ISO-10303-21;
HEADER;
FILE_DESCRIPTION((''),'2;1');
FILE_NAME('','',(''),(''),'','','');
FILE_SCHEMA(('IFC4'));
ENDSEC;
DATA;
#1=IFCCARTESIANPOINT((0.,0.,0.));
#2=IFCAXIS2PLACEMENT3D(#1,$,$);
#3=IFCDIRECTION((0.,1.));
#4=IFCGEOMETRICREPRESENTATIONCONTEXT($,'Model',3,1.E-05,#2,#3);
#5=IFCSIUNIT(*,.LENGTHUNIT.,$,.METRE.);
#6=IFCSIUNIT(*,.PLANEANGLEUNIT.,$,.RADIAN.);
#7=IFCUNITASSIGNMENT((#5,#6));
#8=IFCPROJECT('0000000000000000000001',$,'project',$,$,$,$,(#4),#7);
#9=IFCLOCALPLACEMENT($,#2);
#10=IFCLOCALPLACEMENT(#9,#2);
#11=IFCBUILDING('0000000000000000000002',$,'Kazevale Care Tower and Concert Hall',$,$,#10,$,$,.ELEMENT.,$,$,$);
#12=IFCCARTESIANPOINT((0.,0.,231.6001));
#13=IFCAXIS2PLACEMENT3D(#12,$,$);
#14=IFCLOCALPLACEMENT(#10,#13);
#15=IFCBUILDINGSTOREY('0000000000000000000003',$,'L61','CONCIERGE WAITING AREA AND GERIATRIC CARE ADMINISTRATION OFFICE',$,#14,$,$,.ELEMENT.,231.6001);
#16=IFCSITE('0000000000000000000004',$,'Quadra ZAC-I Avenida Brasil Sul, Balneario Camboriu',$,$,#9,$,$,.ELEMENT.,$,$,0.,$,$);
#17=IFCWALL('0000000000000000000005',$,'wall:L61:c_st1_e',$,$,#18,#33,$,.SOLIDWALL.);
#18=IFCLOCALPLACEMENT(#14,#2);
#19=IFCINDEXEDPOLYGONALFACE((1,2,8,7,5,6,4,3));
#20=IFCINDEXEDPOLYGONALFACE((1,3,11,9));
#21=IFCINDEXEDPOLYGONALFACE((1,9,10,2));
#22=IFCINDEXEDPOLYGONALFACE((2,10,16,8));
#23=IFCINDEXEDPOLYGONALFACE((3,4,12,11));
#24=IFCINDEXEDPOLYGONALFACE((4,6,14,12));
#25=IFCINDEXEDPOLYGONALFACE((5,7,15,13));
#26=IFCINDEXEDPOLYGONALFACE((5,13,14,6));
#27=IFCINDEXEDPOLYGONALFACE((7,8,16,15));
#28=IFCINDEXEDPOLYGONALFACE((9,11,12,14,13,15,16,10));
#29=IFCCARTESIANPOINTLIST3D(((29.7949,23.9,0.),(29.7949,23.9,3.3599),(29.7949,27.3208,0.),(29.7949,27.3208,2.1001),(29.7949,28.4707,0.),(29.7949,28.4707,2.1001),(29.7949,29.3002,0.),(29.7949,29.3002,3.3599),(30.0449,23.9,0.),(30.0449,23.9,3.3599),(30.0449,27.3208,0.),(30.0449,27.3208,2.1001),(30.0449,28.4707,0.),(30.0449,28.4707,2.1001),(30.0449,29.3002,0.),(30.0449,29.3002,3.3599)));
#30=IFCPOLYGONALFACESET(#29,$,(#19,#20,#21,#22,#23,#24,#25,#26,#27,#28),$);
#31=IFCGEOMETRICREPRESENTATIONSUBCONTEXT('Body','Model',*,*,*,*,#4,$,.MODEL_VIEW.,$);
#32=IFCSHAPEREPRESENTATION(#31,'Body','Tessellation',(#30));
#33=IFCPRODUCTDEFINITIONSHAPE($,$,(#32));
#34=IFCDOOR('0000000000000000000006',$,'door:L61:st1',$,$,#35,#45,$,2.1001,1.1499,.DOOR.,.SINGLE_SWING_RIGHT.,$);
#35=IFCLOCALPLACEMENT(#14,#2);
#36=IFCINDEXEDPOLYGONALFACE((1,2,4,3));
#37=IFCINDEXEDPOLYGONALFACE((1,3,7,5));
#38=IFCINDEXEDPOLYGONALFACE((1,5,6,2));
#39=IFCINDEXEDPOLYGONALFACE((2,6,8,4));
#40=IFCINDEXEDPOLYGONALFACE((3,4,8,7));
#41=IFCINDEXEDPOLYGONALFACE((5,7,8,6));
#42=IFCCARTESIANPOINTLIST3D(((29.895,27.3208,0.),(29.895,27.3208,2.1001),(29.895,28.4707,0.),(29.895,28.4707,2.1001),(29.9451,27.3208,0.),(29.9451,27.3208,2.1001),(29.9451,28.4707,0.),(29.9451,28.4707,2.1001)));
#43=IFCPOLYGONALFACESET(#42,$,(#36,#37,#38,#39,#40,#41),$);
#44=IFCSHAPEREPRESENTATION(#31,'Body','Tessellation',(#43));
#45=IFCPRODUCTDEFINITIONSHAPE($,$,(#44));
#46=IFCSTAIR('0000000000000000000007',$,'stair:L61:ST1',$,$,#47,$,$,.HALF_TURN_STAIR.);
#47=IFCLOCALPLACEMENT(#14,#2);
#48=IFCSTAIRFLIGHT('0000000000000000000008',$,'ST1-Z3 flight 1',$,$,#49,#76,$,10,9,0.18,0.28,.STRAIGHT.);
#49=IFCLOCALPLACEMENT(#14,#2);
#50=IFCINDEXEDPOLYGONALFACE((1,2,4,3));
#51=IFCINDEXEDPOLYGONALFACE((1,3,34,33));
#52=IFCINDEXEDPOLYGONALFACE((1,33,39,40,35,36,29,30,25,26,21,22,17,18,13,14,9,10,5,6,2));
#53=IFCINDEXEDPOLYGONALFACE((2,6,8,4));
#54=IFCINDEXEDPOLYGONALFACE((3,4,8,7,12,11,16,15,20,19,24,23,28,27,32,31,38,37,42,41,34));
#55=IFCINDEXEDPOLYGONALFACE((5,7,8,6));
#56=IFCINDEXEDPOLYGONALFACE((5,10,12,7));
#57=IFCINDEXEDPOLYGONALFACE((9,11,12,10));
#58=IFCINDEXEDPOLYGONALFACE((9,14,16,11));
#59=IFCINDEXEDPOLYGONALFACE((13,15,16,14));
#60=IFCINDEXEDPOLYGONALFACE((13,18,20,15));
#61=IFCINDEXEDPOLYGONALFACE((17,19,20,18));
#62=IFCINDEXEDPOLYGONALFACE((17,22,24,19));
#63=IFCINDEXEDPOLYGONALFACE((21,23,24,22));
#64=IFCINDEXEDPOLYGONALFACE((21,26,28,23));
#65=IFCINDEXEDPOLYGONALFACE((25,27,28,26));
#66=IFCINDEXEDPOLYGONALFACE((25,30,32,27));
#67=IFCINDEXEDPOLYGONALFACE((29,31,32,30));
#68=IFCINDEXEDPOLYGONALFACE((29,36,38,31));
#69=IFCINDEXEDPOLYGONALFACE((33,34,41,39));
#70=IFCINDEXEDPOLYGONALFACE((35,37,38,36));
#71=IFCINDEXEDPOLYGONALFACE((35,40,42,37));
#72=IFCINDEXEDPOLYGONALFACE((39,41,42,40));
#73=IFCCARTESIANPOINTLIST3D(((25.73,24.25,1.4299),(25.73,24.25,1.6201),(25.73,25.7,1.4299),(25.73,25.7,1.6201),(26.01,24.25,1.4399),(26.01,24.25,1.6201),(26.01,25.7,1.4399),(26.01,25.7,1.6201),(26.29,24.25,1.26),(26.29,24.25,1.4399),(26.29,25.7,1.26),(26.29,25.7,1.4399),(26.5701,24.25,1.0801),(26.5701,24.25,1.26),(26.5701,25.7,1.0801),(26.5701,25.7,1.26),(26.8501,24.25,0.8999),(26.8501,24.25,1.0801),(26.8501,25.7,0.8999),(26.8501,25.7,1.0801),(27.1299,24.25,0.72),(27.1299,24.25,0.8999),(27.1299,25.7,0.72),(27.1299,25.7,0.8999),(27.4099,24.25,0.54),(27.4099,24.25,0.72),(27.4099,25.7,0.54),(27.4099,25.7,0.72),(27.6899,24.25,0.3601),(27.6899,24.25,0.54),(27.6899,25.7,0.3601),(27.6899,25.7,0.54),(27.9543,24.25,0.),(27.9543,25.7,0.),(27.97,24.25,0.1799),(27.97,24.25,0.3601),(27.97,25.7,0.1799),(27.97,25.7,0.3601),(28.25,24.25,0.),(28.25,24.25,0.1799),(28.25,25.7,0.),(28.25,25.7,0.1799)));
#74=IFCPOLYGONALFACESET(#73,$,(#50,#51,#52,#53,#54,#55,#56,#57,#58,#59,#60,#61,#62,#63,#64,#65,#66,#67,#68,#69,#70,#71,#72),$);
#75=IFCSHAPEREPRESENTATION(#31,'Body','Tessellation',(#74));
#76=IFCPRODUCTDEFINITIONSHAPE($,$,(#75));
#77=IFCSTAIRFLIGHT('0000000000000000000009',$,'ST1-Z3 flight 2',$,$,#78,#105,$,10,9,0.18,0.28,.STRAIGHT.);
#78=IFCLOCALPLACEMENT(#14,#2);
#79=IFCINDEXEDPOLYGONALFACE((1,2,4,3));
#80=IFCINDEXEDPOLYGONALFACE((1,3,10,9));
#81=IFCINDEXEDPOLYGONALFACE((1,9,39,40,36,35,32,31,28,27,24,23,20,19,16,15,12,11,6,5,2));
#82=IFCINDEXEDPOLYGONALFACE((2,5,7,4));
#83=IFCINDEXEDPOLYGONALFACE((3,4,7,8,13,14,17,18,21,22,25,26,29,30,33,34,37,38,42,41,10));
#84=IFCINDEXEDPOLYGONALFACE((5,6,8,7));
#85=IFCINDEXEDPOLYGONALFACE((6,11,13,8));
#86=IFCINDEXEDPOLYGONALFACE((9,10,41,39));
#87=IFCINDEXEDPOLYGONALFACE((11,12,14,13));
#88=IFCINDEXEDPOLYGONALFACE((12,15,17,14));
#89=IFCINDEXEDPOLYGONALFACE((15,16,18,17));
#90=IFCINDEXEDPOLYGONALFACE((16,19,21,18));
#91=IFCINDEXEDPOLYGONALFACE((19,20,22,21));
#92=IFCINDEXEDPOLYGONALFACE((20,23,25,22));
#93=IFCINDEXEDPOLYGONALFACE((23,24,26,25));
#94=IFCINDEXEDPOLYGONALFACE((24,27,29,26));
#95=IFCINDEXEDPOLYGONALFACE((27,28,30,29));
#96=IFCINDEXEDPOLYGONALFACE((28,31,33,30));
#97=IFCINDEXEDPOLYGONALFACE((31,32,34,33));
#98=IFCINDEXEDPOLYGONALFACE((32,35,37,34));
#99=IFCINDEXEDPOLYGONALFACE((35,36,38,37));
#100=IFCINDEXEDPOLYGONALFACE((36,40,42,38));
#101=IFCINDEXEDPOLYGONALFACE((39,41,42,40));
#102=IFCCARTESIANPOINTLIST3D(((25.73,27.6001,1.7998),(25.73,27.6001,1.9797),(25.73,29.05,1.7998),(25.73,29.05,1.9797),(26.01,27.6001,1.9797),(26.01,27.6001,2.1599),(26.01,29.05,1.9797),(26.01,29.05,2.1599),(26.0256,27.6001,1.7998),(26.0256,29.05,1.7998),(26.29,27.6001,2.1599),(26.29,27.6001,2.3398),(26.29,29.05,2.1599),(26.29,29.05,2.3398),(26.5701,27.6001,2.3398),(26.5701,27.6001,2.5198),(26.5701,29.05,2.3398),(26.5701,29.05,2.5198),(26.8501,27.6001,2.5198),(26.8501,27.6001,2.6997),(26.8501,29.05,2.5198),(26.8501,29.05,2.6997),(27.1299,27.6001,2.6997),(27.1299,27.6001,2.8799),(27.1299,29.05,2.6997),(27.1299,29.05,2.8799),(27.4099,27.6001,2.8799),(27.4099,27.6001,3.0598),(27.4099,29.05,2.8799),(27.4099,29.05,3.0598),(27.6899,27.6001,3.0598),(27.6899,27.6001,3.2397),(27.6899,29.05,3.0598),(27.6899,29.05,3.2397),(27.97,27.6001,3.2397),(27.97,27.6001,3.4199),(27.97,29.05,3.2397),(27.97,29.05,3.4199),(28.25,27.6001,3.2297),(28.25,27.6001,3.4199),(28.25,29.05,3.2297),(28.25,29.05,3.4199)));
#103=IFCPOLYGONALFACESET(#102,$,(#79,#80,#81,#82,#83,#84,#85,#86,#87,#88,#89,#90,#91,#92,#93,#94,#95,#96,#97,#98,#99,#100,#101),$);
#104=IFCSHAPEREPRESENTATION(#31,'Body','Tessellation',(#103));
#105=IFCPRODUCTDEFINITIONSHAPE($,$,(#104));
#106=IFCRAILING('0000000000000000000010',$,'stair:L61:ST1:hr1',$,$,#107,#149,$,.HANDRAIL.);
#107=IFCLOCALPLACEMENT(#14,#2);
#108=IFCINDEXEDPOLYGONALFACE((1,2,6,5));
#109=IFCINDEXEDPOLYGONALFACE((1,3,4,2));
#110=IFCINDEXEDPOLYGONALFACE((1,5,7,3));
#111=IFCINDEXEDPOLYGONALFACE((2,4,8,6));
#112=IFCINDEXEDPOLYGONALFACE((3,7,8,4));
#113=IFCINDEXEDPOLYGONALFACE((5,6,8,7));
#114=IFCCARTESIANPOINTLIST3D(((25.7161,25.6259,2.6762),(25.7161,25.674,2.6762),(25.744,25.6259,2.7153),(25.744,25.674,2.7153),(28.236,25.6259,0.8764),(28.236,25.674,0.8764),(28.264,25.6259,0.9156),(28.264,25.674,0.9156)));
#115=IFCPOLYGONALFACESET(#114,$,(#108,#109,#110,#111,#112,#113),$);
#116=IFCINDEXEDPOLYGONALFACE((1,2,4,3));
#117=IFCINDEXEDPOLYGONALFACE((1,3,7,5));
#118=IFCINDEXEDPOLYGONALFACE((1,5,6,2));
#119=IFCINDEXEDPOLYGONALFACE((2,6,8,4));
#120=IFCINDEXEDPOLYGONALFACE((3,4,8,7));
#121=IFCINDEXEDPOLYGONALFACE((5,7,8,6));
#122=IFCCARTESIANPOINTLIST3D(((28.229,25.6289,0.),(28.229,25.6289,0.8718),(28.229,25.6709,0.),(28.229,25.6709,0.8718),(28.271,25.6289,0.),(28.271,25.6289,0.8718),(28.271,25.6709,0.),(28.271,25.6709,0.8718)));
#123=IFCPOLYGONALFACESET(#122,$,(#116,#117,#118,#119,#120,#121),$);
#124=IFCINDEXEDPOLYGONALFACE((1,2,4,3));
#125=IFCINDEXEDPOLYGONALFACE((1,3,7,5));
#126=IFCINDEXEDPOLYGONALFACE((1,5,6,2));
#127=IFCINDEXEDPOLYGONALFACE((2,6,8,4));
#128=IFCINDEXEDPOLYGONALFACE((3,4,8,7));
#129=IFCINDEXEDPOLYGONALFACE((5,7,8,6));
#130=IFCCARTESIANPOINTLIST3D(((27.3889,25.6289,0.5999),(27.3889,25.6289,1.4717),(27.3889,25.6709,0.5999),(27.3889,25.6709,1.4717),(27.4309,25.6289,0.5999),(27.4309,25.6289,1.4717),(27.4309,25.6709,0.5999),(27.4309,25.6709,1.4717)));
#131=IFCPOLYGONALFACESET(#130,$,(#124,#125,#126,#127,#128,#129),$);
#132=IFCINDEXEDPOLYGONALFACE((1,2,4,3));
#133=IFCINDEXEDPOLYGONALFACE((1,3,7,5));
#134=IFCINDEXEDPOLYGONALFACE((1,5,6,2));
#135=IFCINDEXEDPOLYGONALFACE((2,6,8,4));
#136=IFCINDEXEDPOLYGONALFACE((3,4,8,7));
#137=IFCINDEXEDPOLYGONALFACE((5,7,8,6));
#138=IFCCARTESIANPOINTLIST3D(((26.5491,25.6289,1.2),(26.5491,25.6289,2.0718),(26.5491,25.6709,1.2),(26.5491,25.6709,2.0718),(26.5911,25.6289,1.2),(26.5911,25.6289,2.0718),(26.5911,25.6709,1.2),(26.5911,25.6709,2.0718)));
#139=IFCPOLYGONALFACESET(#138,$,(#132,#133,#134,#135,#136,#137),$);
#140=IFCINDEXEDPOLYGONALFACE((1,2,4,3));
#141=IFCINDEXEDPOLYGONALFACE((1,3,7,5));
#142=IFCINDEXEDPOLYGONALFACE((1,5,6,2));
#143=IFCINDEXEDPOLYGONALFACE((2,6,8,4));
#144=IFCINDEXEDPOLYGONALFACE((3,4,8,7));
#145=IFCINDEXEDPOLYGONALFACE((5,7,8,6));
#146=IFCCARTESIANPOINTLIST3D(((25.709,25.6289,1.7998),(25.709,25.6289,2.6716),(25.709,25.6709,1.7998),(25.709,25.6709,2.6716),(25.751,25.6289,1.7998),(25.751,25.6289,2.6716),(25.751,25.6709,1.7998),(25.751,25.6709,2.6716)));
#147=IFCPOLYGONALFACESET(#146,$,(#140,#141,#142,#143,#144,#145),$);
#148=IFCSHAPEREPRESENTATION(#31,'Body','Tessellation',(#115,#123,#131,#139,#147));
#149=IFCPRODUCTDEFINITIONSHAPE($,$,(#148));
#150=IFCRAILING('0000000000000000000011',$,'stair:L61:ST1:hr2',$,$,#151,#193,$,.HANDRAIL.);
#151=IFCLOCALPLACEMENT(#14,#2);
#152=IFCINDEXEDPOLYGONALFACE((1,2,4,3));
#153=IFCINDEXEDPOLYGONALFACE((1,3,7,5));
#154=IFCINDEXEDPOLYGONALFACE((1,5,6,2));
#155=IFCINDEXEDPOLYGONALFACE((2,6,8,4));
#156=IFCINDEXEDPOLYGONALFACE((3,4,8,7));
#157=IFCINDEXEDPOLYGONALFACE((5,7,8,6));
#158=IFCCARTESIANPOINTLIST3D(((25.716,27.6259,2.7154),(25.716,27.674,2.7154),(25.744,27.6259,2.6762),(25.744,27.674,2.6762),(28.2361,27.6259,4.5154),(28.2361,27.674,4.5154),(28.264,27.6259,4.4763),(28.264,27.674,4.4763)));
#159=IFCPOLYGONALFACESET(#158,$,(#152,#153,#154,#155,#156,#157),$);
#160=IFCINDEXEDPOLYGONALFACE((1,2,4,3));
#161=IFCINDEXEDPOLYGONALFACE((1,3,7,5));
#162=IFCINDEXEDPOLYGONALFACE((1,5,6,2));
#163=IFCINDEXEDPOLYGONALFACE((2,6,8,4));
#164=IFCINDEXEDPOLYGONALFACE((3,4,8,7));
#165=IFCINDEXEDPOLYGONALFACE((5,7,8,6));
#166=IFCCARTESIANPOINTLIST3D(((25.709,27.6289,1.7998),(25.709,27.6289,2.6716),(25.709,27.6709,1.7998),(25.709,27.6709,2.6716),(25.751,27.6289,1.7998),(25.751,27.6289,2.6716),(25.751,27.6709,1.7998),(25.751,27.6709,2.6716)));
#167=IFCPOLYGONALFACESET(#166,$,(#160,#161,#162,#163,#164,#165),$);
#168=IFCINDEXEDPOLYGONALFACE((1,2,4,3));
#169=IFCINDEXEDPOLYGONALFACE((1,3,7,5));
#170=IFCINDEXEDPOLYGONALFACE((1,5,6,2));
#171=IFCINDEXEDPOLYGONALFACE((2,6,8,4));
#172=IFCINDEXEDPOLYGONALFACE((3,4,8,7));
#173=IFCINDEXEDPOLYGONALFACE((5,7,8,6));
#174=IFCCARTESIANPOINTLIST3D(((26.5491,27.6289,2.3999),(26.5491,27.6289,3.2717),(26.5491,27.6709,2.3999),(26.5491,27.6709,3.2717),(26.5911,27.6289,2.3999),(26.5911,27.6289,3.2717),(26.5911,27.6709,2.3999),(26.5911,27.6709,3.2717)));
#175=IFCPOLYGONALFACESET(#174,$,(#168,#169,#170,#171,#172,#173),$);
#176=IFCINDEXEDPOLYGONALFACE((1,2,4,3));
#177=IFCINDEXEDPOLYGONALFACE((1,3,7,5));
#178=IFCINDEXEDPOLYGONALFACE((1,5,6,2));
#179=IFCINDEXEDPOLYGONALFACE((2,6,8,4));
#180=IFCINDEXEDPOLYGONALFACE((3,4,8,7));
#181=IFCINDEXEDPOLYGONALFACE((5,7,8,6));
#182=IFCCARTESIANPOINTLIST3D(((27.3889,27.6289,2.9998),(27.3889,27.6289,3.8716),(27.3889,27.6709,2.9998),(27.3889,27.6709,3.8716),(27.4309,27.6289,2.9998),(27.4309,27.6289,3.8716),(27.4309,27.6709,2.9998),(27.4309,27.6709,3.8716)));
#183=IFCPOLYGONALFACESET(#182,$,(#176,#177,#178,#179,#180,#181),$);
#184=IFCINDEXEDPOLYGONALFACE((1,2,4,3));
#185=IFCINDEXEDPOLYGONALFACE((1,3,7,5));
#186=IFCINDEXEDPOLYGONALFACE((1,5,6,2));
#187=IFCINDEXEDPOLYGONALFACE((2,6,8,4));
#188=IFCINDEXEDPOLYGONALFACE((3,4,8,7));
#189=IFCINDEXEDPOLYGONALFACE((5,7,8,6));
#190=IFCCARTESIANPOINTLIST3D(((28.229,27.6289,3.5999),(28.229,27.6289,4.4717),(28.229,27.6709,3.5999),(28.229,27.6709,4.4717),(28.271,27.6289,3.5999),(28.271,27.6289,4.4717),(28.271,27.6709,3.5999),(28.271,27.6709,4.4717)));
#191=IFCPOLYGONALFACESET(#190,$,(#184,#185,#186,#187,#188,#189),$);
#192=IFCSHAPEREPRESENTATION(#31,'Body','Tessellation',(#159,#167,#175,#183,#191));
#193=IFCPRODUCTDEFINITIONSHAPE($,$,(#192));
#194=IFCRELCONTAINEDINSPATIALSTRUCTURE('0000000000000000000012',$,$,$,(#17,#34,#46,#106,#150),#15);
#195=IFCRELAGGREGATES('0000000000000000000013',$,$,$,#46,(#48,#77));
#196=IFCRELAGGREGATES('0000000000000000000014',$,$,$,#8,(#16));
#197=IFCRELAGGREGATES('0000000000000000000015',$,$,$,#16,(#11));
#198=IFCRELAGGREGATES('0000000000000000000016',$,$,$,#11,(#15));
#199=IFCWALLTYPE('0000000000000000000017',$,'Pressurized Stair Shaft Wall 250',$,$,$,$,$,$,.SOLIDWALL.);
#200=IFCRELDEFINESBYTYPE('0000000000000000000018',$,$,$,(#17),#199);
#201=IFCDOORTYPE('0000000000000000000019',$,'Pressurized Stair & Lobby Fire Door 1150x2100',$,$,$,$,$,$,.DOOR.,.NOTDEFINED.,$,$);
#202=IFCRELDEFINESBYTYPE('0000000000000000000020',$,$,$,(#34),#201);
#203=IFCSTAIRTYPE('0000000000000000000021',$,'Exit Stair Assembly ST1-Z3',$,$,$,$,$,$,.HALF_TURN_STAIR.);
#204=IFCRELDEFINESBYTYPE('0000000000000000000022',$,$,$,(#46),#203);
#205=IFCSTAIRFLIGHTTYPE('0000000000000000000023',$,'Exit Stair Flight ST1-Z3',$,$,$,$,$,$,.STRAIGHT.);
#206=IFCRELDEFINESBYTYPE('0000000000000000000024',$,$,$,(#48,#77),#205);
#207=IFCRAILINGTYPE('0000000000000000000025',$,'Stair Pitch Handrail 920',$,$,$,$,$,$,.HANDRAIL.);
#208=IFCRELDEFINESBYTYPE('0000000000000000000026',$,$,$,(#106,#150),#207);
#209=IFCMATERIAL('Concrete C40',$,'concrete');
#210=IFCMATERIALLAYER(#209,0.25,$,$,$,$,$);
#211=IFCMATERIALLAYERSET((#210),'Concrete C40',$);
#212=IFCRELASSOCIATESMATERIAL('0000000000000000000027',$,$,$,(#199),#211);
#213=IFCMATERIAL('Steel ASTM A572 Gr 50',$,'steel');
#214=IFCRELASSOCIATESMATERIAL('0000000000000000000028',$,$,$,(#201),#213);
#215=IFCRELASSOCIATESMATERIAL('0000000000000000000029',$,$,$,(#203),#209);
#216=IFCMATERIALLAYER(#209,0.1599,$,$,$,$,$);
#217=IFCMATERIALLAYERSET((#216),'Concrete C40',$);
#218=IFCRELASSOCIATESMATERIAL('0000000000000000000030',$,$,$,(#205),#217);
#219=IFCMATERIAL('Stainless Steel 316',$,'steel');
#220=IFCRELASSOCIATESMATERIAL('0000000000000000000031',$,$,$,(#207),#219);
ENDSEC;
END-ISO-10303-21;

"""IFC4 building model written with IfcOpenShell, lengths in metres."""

from ifc_helpers import new_model, si_unit, direction, frame, frame_2d, origin, origin_2d, place, context, subcontext, project, spatial, polyline, rectangle, outline, extrude, material, layer, layer_set, type_object, element, fill, aggregate, save


model = new_model("IFC4")

# Units and contexts
model_context = context("Model", 3, precision=1e-05, world=origin(), true_north=direction((0.0, 1.0)))
body_context = subcontext(model_context, "Body", "Model", "MODEL_VIEW")
ifc_project = project(units=[si_unit("LENGTHUNIT", "METRE"), si_unit("PLANEANGLEUNIT", "RADIAN")], contexts=[model_context])

# Site, building, storey
site_placement = place(None, origin())
site = spatial("IfcSite", under=ifc_project, at=site_placement, Name="Quadra ZAC-I Avenida Brasil Sul, Balneario Camboriu", CompositionType="ELEMENT", RefElevation=0.0)
building_placement = place(site_placement, origin())
building = spatial("IfcBuilding", under=site, at=building_placement, Name="Kazevale Care Tower and Concert Hall", CompositionType="ELEMENT")
storey_placement = place(building_placement, frame((0.0, 0.0, 231.6001)))
storey = spatial("IfcBuildingStorey", under=building, at=storey_placement, Name="L61", Description="CONCIERGE WAITING AREA AND GERIATRIC CARE ADMINISTRATION OFFICE", CompositionType="ELEMENT", Elevation=231.6001)

# Shared definitions
ifc_material_1 = material(Name="Steel ASTM A572 Gr 50", Category="steel")

# Shared definitions
ifc_material_2 = material(Name="Concrete C40", Category="concrete")
ifc_material_3 = material(Name="Stainless Steel 316", Category="steel")

# Wall, opening, door
ifc_layer_1 = layer(ifc_material_2, 0.25)
ifc_layer_set_1 = layer_set([ifc_layer_1], Name="Concrete C40")
wall_type_1 = type_object("IfcWallType", Name="Pressurized Stair Shaft Wall 250", PredefinedType="SOLIDWALL", material=ifc_layer_set_1)
wall_1_placement = place(storey_placement, frame((29.9199, 23.8999, 0.0), z_axis=(0.0, 0.0, 1.0), x_axis=(0.0, 1.0, 0.0)))
wall_1 = element("IfcWall", 1, at=wall_1_placement, inside=storey, type_object=wall_type_1, Name="wall:L61:c_st1_e", PredefinedType="SOLIDWALL", context=body_context, shape_type="SweptSolid", body=[
    extrude(rectangle(XDim=5.4001, YDim=0.25, at=frame_2d((2.7002, 0.0))), origin(), (0.0, 0.0, 1.0), 3.3599),
])
opening_1_placement = place(wall_1_placement, frame((3.4209, 0.0, 0.0)))
opening_1 = element("IfcOpeningElement", 2, at=opening_1_placement, cuts=wall_1, PredefinedType="OPENING", context=body_context, shape_type="SweptSolid", body=[
    extrude(rectangle(XDim=1.1499, YDim=2.1001, at=frame_2d((0.575, 1.05))), frame((0.0, 0.135, 0.0), z_axis=(0.0, -1.0, 0.0), x_axis=(1.0, 0.0, 0.0)), (0.0, 0.0, 1.0), 0.27),
])
door_type_1 = type_object("IfcDoorType", Name="Pressurized Stair & Lobby Fire Door 1150x2100", OperationType="NOTDEFINED", PredefinedType="DOOR", material=ifc_material_1)
door_1_placement = place(opening_1_placement, origin())
door_1 = element("IfcDoor", 3, at=door_1_placement, inside=storey, type_object=door_type_1, Name="door:L61:st1", OperationType="SINGLE_SWING_RIGHT", OverallHeight=2.1001, OverallWidth=1.1499, PredefinedType="DOOR", context=body_context, shape_type="SweptSolid", body=[
    extrude(rectangle(XDim=1.1499, YDim=2.1001, at=frame_2d((0.575, 1.05))), frame((0.0, 0.0249, 0.0), z_axis=(0.0, -1.0, 0.0), x_axis=(1.0, 0.0, 0.0)), (0.0, 0.0, 1.0), 0.05),
])
fill(opening_1, door_1)

# Stair, stair flights
stair_type = type_object("IfcStairType", Name="Exit Stair Assembly ST1-Z3", PredefinedType="HALF_TURN_STAIR", material=ifc_material_2)
stair_placement = place(storey_placement, origin())
stair = element("IfcStair", 4, at=stair_placement, inside=storey, type_object=stair_type, Name="stair:L61:ST1", PredefinedType="HALF_TURN_STAIR")
ifc_layer_2 = layer(ifc_material_2, 0.1599)
ifc_layer_set_2 = layer_set([ifc_layer_2], Name="Concrete C40")
stair_flight_type = type_object("IfcStairFlightType", Name="Exit Stair Flight ST1-Z3", PredefinedType="STRAIGHT", material=ifc_layer_set_2)
stair_flight_1_placement = place(storey_placement, frame((28.25, 24.9751, 0.0), z_axis=(0.0, 0.0, 1.0), x_axis=(-1.0, 0.0, 0.0)))
stair_flight_1 = element("IfcStairFlight", 5, at=stair_flight_1_placement, type_object=stair_flight_type, Name="ST1-Z3 flight 1", NumberOfRisers=10, NumberOfTreads=9, PredefinedType="STRAIGHT", RiserHeight=0.18, TreadLength=0.28, context=body_context, shape_type="SweptSolid", body=[
    extrude(outline(polyline([(0.0, 0.0), (0.0, 0.1799), (0.28, 0.1799), (0.28, 0.3601), (0.5601, 0.3601), (0.5601, 0.54), (0.8401, 0.54), (0.8401, 0.72), (1.1201, 0.72), (1.1201, 0.8999), (1.3999, 0.8999), (1.3999, 1.0801), (1.6799, 1.0801), (1.6799, 1.26), (1.96, 1.26), (1.96, 1.4399), (2.24, 1.4399), (2.24, 1.6201), (2.52, 1.6201), (2.52, 1.8), (2.52, 1.4299), (0.2957, 0.0), (0.0, 0.0)])), frame((0.0, 0.7251, 0.0), z_axis=(0.0, -1.0, 0.0), x_axis=(1.0, 0.0, 0.0)), (0.0, 0.0, 1.0), 1.45),
])
stair_flight_2_placement = place(storey_placement, frame((25.73, 28.325, 1.7998), z_axis=(0.0, 0.0, 1.0), x_axis=(1.0, 0.0, 0.0)))
stair_flight_2 = element("IfcStairFlight", 6, at=stair_flight_2_placement, type_object=stair_flight_type, Name="ST1-Z3 flight 2", NumberOfRisers=10, NumberOfTreads=9, PredefinedType="STRAIGHT", RiserHeight=0.18, TreadLength=0.28, context=body_context, shape_type="SweptSolid", body=[
    extrude(outline(polyline([(0.0, 0.0), (0.0, 0.1799), (0.28, 0.1799), (0.28, 0.3601), (0.5601, 0.3601), (0.5601, 0.54), (0.8401, 0.54), (0.8401, 0.72), (1.1201, 0.72), (1.1201, 0.8999), (1.3999, 0.8999), (1.3999, 1.0801), (1.6799, 1.0801), (1.6799, 1.26), (1.96, 1.26), (1.96, 1.4399), (2.24, 1.4399), (2.24, 1.6201), (2.52, 1.6201), (2.52, 1.8), (2.52, 1.4299), (0.2957, 0.0), (0.0, 0.0)])), frame((0.0, 0.7251, 0.0), z_axis=(0.0, -1.0, 0.0), x_axis=(1.0, 0.0, 0.0)), (0.0, 0.0, 1.0), 1.45),
])
aggregate(stair, [stair_flight_1, stair_flight_2])

# Railings
railing_type_1 = type_object("IfcRailingType", Name="Stair Pitch Handrail 920", PredefinedType="HANDRAIL", material=ifc_material_3)
railing_1_placement = place(storey_placement, frame((28.25, 25.6499, 0.0)))
element("IfcRailing", 7, at=railing_1_placement, inside=storey, type_object=railing_type_1, Name="stair:L61:ST1:hr1", PredefinedType="HANDRAIL", context=body_context, shape_type="SweptSolid", body=[
    extrude(rectangle(XDim=0.0481, YDim=0.0481, at=origin_2d()), frame((0.0, 0.0, 0.896), z_axis=(-0.813765, 0.0, 0.581193), x_axis=(0.0, -1.0, 0.0)), (0.0, 0.0, 1.0), 3.0967),
    extrude(rectangle(XDim=0.042, YDim=0.042, at=origin_2d()), origin(), (0.0, 0.0, 1.0), 0.8718),
    extrude(rectangle(XDim=0.042, YDim=0.042, at=origin_2d()), frame((-0.8401, 0.0, 0.5999)), (0.0, 0.0, 1.0), 0.8718),
    extrude(rectangle(XDim=0.042, YDim=0.042, at=origin_2d()), frame((-1.6799, 0.0, 1.2)), (0.0, 0.0, 1.0), 0.8718),
    extrude(rectangle(XDim=0.042, YDim=0.042, at=origin_2d()), frame((-2.52, 0.0, 1.7998)), (0.0, 0.0, 1.0), 0.8718),
])
railing_2_placement = place(storey_placement, frame((25.73, 27.6499, 1.7998)))
element("IfcRailing", 8, at=railing_2_placement, inside=storey, type_object=railing_type_1, Name="stair:L61:ST1:hr2", PredefinedType="HANDRAIL", context=body_context, shape_type="SweptSolid", body=[
    extrude(rectangle(XDim=0.0481, YDim=0.0481, at=origin_2d()), frame((0.0, 0.0, 0.896), z_axis=(0.813728, 0.0, 0.581246), x_axis=(0.0, 1.0, 0.0)), (0.0, 0.0, 1.0), 3.0969),
    extrude(rectangle(XDim=0.042, YDim=0.042, at=origin_2d()), origin(), (0.0, 0.0, 1.0), 0.8718),
    extrude(rectangle(XDim=0.042, YDim=0.042, at=origin_2d()), frame((0.8401, 0.0, 0.6001)), (0.0, 0.0, 1.0), 0.8718),
    extrude(rectangle(XDim=0.042, YDim=0.042, at=origin_2d()), frame((1.6799, 0.0, 1.2)), (0.0, 0.0, 1.0), 0.8718),
    extrude(rectangle(XDim=0.042, YDim=0.042, at=origin_2d()), frame((2.52, 0.0, 1.8)), (0.0, 0.0, 1.0), 0.8718),
])

save(model, "model.ifc")
